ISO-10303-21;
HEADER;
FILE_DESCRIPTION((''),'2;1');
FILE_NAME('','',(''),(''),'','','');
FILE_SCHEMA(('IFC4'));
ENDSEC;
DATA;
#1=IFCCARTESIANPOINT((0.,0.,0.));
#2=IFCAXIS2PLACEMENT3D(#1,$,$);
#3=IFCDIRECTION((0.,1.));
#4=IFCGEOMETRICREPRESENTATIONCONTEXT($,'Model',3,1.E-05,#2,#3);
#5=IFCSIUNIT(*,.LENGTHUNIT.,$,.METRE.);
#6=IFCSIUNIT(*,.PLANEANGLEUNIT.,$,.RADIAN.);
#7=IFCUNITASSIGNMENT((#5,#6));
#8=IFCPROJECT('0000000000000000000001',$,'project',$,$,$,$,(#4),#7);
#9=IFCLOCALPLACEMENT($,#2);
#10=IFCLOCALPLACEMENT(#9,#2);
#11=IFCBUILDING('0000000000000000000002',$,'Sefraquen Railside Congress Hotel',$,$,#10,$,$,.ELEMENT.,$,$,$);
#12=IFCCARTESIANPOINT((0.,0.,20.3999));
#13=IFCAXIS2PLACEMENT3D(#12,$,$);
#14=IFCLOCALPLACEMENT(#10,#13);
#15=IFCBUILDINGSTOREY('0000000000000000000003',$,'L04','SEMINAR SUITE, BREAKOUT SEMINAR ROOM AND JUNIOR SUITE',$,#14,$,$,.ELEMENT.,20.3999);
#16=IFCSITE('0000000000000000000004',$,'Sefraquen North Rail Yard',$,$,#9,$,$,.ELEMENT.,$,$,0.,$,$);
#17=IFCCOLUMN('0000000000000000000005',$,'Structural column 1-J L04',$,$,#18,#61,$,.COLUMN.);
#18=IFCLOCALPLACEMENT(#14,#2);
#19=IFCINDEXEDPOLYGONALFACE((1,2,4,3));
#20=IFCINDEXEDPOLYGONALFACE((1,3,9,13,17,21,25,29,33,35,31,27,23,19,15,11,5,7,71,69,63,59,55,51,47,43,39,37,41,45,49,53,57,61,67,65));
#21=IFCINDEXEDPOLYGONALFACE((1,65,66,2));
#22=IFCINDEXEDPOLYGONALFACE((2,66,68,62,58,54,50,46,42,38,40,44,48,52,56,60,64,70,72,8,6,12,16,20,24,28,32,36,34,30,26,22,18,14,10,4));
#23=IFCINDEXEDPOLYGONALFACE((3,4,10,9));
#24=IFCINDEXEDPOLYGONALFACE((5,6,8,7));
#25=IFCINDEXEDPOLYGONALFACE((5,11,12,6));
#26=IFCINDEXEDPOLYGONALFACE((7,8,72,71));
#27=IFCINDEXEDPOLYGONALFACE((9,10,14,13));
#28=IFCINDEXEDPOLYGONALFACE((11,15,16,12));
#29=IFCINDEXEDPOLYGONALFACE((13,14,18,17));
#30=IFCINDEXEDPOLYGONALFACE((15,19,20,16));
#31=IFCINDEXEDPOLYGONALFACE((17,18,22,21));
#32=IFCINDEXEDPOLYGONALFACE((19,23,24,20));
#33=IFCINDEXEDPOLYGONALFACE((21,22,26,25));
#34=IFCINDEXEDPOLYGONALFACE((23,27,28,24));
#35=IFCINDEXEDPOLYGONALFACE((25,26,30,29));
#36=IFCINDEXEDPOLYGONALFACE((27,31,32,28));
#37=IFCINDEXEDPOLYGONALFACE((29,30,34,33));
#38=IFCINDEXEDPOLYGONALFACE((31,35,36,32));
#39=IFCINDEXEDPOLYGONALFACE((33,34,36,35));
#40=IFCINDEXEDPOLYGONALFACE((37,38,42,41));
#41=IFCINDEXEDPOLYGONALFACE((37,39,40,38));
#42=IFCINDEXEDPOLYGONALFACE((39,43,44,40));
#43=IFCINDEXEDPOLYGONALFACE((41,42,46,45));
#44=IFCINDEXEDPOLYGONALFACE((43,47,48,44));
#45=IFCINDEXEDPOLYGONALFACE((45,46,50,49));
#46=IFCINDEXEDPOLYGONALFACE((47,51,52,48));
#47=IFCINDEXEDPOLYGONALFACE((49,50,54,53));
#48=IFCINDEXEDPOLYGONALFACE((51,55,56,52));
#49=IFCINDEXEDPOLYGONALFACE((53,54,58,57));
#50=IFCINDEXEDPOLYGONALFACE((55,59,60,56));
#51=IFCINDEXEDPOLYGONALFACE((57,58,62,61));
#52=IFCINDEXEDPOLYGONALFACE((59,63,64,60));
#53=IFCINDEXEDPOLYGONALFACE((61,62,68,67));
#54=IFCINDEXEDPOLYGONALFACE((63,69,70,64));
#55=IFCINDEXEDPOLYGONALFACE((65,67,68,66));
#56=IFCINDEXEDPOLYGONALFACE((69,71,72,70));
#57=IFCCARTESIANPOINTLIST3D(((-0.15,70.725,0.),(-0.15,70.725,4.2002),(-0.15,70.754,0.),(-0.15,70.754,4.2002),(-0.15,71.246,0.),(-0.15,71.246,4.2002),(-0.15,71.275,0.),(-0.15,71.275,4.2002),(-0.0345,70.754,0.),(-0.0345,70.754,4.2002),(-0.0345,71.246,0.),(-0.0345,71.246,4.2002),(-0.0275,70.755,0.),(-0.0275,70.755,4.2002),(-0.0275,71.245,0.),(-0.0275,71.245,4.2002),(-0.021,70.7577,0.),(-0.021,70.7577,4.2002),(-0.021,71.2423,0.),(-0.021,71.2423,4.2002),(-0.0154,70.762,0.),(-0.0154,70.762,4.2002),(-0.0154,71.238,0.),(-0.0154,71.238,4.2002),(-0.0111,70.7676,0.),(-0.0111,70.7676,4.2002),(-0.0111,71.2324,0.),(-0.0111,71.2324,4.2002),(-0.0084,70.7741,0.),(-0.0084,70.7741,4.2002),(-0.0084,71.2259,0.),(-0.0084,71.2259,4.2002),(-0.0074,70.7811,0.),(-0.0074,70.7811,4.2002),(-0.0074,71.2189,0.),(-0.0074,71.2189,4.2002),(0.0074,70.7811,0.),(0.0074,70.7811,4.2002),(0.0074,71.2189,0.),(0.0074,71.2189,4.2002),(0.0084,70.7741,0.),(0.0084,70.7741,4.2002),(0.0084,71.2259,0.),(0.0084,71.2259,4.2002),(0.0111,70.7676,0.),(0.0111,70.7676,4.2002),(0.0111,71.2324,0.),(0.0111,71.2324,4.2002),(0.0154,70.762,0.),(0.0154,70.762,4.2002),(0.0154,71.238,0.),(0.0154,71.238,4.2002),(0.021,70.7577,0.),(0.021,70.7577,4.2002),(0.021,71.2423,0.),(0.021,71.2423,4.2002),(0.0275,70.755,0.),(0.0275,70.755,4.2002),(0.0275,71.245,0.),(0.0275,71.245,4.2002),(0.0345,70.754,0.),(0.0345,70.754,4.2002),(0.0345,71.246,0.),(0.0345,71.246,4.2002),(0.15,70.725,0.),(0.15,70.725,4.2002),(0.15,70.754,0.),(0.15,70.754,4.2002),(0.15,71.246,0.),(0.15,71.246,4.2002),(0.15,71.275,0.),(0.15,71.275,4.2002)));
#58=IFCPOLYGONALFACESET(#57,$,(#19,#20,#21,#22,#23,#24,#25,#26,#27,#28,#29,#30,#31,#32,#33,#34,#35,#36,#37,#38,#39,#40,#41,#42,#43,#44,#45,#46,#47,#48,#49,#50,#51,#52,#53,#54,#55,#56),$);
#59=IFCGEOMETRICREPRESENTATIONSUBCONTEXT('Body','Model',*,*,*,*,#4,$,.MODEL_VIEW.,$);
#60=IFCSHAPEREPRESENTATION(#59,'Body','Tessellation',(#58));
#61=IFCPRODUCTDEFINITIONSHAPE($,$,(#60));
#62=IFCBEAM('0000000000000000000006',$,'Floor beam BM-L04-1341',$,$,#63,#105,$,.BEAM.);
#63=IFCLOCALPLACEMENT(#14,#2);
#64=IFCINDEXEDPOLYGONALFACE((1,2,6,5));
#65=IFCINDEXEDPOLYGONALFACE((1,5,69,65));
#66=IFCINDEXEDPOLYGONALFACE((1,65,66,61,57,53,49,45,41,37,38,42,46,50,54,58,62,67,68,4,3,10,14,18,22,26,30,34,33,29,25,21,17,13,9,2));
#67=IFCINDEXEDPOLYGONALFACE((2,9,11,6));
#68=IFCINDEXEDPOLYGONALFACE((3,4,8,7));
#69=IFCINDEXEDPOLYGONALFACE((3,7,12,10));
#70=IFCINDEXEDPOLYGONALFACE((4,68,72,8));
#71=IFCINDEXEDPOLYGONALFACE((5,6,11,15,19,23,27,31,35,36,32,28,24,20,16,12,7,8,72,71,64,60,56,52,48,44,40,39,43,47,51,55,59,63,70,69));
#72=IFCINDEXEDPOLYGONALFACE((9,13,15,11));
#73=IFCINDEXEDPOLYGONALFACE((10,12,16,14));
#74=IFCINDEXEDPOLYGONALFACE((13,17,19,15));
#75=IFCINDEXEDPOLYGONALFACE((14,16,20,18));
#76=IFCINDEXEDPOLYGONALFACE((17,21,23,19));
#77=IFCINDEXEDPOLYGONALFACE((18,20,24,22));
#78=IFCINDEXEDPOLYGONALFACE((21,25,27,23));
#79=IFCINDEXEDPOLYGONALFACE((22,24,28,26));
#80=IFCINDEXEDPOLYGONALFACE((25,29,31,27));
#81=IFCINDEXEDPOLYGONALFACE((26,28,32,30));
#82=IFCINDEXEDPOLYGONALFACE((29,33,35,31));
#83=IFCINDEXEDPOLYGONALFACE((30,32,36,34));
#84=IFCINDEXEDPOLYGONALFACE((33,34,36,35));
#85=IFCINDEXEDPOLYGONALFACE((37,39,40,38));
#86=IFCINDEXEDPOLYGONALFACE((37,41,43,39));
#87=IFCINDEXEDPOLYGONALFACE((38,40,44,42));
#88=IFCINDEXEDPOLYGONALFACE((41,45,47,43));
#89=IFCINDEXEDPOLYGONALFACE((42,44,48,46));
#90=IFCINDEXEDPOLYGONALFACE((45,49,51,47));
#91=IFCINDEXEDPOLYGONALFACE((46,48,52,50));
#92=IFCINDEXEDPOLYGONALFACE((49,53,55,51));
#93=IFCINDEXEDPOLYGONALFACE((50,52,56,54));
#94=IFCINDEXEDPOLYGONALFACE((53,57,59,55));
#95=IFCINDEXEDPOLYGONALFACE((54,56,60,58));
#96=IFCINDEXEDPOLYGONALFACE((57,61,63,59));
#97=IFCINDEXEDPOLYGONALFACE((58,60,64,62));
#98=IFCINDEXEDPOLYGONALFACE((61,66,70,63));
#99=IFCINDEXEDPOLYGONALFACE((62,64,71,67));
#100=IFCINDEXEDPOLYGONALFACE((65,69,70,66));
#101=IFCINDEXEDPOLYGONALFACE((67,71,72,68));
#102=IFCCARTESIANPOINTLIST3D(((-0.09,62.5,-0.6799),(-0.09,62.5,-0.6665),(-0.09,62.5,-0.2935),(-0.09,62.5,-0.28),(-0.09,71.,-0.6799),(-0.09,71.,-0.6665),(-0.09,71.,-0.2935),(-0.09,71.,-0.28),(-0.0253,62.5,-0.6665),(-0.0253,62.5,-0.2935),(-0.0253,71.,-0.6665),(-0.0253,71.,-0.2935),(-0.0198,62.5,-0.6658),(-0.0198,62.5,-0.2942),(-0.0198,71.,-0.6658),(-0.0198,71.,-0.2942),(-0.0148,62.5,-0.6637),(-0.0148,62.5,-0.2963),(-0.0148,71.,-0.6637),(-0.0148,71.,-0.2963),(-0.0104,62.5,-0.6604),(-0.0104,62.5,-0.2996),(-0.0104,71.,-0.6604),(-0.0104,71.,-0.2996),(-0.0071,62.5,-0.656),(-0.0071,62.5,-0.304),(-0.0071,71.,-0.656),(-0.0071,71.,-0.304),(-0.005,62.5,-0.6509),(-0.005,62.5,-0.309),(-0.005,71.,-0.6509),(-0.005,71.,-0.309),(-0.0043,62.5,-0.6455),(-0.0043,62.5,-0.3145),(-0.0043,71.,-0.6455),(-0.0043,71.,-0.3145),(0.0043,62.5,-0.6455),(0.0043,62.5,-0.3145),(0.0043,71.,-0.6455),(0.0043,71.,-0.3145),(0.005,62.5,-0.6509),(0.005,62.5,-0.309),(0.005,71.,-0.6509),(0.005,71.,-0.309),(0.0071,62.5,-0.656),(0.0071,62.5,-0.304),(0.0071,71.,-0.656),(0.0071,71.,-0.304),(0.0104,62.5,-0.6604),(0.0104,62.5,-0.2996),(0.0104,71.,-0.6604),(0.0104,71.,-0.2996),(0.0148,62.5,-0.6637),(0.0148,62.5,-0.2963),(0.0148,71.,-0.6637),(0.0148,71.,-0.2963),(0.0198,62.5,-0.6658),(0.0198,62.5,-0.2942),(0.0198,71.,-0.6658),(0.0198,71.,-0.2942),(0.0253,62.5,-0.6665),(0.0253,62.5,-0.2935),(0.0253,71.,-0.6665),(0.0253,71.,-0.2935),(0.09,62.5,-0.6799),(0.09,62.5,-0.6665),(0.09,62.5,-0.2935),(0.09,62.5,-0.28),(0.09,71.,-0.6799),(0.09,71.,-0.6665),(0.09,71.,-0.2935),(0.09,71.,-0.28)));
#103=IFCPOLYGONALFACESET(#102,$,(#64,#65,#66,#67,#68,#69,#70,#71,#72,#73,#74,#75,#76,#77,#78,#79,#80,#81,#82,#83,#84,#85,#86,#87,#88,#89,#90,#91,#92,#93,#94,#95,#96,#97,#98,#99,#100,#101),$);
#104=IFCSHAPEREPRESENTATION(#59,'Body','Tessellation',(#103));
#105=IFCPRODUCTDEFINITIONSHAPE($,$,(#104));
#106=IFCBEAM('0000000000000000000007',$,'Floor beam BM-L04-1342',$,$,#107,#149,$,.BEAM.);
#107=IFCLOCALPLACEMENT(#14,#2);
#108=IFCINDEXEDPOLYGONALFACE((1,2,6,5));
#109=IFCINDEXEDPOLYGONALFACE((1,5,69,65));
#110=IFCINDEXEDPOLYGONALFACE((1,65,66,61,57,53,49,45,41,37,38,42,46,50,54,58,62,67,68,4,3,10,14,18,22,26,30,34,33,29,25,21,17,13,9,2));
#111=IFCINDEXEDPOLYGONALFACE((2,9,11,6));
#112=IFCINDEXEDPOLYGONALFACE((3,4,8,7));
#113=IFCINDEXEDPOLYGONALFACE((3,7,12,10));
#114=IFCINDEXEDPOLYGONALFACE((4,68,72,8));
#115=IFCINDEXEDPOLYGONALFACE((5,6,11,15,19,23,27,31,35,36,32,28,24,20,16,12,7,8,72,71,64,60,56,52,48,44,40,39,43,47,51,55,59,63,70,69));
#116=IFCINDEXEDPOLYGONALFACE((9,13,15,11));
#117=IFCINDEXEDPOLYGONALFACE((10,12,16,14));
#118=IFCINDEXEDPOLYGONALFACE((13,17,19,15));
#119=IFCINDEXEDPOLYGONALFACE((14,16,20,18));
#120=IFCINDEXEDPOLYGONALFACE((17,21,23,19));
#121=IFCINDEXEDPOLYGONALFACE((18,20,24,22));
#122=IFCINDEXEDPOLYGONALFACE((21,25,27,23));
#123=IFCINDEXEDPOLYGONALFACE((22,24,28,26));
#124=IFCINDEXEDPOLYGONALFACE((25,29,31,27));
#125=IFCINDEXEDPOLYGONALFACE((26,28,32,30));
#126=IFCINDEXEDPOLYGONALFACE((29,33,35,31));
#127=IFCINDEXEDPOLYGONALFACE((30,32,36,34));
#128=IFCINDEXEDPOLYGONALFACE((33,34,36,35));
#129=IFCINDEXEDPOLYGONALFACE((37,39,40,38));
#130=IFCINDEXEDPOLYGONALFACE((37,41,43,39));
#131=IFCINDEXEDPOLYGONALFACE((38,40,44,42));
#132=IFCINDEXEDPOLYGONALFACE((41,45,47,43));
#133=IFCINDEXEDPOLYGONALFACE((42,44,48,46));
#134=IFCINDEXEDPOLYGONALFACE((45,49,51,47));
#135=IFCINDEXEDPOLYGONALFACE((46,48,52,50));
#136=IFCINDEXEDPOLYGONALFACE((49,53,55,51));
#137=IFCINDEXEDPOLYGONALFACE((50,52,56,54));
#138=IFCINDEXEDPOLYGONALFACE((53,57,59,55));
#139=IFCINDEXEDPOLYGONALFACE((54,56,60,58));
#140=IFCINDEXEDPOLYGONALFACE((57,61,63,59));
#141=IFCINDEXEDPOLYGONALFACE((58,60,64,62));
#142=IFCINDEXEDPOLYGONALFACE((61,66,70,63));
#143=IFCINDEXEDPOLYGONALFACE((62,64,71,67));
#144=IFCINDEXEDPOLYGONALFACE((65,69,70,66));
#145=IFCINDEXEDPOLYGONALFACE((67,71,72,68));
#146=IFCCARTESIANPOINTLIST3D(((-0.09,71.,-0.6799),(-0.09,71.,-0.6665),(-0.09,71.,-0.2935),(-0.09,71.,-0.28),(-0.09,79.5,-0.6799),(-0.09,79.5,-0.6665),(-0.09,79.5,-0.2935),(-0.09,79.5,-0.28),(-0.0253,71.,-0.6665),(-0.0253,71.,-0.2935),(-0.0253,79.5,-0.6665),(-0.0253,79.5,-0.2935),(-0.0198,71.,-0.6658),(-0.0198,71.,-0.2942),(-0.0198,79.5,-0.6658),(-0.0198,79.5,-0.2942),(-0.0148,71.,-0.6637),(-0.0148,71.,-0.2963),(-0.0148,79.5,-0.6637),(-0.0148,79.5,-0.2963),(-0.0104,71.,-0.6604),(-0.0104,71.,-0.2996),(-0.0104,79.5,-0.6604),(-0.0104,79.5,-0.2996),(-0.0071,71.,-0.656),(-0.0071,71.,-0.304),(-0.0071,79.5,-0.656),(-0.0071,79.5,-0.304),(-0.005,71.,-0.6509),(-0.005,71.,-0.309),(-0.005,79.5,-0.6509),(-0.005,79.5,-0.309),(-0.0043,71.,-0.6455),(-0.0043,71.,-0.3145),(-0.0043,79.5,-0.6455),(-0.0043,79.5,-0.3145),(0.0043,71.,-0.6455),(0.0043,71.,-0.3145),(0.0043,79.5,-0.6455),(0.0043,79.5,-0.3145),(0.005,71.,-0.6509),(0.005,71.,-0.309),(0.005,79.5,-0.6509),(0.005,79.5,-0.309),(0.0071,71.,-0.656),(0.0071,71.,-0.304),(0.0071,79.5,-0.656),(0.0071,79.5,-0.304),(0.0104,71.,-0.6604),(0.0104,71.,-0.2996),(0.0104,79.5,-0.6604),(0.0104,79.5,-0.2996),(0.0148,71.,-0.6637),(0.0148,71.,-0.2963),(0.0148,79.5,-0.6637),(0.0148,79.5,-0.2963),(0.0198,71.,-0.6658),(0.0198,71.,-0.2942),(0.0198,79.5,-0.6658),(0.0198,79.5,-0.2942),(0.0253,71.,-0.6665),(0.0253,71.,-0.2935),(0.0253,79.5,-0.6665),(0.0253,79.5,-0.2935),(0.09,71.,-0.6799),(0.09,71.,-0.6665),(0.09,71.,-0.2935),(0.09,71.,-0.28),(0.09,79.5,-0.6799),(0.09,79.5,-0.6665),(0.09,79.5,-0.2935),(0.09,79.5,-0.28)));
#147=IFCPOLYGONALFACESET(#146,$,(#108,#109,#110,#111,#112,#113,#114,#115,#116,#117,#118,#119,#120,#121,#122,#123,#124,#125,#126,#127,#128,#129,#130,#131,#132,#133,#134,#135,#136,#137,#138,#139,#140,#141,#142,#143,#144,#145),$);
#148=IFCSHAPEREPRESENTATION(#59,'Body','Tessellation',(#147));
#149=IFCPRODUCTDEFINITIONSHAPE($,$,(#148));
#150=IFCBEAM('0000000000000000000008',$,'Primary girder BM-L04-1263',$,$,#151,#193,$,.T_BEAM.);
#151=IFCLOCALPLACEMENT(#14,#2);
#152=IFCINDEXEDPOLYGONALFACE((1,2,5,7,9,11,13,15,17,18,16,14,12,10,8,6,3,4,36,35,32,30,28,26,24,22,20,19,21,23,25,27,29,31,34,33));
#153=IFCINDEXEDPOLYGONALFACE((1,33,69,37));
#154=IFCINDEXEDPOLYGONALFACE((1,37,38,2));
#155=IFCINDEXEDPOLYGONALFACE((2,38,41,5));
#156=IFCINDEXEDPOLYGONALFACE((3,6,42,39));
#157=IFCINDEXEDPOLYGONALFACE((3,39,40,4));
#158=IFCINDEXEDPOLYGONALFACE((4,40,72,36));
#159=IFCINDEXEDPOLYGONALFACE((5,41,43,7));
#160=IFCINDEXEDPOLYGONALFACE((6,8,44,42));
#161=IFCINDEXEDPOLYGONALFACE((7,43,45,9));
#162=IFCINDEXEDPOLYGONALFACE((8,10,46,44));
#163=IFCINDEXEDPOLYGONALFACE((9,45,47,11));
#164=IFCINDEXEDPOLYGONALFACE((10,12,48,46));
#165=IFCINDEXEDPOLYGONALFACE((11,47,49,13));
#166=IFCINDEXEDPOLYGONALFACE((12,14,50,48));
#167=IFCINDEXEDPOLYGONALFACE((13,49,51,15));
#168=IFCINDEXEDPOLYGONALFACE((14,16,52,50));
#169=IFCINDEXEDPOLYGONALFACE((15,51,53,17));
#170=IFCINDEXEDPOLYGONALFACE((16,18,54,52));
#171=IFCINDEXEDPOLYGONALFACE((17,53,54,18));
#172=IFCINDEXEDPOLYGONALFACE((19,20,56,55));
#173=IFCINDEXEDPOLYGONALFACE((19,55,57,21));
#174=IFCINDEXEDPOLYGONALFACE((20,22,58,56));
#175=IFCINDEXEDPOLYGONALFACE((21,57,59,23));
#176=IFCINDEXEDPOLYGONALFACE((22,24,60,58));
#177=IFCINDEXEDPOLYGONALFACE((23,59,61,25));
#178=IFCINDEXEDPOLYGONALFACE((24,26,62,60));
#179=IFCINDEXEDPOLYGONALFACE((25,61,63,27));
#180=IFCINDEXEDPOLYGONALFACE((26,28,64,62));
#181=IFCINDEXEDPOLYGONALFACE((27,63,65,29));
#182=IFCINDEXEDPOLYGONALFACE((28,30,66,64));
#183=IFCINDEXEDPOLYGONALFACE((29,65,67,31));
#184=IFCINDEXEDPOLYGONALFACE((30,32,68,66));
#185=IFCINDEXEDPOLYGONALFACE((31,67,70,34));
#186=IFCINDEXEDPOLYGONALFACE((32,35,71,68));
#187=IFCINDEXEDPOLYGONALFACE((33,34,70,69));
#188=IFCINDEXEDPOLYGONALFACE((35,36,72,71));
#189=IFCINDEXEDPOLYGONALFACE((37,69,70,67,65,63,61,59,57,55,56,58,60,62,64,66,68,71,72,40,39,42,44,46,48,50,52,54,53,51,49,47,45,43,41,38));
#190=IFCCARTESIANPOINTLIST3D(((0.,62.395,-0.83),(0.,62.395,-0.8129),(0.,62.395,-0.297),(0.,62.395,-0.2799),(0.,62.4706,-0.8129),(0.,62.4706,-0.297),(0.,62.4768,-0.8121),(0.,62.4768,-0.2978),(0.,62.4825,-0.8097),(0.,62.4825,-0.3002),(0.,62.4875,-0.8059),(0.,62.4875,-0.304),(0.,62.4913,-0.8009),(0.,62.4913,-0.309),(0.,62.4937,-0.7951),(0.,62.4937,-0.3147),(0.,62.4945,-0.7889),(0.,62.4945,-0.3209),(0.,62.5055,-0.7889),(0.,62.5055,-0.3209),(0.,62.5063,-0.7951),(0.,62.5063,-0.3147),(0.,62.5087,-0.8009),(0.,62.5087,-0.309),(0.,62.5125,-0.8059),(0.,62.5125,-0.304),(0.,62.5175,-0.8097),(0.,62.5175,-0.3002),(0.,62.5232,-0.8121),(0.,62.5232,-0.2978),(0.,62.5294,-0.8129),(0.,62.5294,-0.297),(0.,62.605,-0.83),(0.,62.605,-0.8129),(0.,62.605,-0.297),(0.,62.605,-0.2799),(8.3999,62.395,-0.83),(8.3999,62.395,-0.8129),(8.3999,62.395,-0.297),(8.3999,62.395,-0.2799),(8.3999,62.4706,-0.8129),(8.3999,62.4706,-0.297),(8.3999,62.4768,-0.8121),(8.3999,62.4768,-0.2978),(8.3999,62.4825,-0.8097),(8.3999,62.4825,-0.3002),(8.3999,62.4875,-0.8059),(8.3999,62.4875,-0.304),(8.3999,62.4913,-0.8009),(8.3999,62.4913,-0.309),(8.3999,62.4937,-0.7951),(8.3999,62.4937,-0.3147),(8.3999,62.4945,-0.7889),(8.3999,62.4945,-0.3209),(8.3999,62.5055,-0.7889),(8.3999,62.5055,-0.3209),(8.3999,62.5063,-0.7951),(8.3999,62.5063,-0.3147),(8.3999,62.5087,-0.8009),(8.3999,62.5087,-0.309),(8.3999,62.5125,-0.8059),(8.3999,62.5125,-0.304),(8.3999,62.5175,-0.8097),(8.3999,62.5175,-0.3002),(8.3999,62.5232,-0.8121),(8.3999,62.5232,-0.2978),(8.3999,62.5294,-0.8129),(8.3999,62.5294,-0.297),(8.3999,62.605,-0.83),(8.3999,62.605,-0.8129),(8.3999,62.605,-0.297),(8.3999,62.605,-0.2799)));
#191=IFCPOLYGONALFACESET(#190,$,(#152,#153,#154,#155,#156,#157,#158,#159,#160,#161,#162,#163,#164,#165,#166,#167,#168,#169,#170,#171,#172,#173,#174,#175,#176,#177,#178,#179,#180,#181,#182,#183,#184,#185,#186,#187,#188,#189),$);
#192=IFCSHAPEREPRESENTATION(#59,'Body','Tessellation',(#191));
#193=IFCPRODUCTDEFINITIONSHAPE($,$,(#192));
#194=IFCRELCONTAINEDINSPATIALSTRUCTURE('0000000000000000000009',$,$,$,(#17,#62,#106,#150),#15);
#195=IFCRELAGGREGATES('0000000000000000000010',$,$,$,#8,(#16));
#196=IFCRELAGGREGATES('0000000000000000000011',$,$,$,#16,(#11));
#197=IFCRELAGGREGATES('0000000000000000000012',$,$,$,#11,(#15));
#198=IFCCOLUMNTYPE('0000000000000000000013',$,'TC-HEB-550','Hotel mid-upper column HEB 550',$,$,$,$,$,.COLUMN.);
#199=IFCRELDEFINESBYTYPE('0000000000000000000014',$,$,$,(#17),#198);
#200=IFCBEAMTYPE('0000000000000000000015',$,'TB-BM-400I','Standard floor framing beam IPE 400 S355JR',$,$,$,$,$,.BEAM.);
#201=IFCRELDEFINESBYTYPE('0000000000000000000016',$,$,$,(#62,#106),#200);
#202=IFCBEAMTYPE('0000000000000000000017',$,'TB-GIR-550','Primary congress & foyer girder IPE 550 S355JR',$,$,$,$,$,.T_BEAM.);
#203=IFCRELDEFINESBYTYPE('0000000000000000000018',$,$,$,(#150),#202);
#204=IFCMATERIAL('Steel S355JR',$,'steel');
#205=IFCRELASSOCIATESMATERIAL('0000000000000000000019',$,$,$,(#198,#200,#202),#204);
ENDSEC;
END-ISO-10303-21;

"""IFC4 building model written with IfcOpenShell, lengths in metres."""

from ifc_helpers import new_model, si_unit, direction, frame, origin, origin_2d, place, context, subcontext, project, spatial, i_section, extrude, material, material_profile, profile_set, type_object, element, save


model = new_model("IFC4")

# Units and contexts
model_context = context("Model", 3, precision=1e-05, world=origin(), true_north=direction((0.0, 1.0)))
body_context = subcontext(model_context, "Body", "Model", "MODEL_VIEW")
ifc_project = project(units=[si_unit("LENGTHUNIT", "METRE"), si_unit("PLANEANGLEUNIT", "RADIAN")], contexts=[model_context])

# Site, building, storey
site_placement = place(None, origin())
site = spatial("IfcSite", under=ifc_project, at=site_placement, Name="Sefraquen North Rail Yard", CompositionType="ELEMENT", RefElevation=0.0)
building_placement = place(site_placement, origin())
building = spatial("IfcBuilding", under=site, at=building_placement, Name="Sefraquen Railside Congress Hotel", CompositionType="ELEMENT")
storey_placement = place(building_placement, frame((0.0, 0.0, 20.3999)))
storey = spatial("IfcBuildingStorey", under=building, at=storey_placement, Name="L04", Description="SEMINAR SUITE, BREAKOUT SEMINAR ROOM AND JUNIOR SUITE", CompositionType="ELEMENT", Elevation=20.3999)

# Column
ifc_material_1 = material(Name="Steel S355JR", Category="steel")
ifc_material_profile_1 = material_profile(ifc_material_1, i_section(OverallWidth=0.3, OverallDepth=0.55, WebThickness=0.0149, FlangeThickness=0.0291, FilletRadius=0.0271, at=origin_2d()), Name="HEB 550")
ifc_profile_set_1 = profile_set([ifc_material_profile_1], Name="Steel S355JR")
column_type = type_object("IfcColumnType", Name="TC-HEB-550", Description="Hotel mid-upper column HEB 550", PredefinedType="COLUMN", material=ifc_profile_set_1)
column_placement = place(storey_placement, frame((0.0, 71.0, 0.0), z_axis=(0.0, 0.0, 1.0), x_axis=(1.0, 0.0, 0.0)))
element("IfcColumn", 1, at=column_placement, inside=storey, type_object=column_type, Name="Structural column 1-J L04", PredefinedType="COLUMN", context=body_context, shape_type="SweptSolid", body=[
    extrude(i_section(OverallWidth=0.3, OverallDepth=0.55, WebThickness=0.0149, FlangeThickness=0.0291, FilletRadius=0.0271, at=origin_2d()), origin(), (0.0, 0.0, 1.0), 4.2002),
])

# Beams
ifc_material_profile_2 = material_profile(ifc_material_1, i_section(OverallWidth=0.1799, OverallDepth=0.3999, WebThickness=0.0085, FlangeThickness=0.0134, FilletRadius=0.021, at=origin_2d()), Name="IPE 400")
ifc_profile_set_2 = profile_set([ifc_material_profile_2], Name="Steel S355JR")
beam_type_1 = type_object("IfcBeamType", Name="TB-BM-400I", Description="Standard floor framing beam IPE 400 S355JR", PredefinedType="BEAM", material=ifc_profile_set_2)
for number, where, z_axis, x_axis, name in (
    (2, (0.0, 62.5, -0.48), (0.0, 1.0, 0.0), (-1.0, 0.0, 0.0), "Floor beam BM-L04-1341"),
    (3, (0.0, 71.0, -0.48), (0.0, 1.0, 0.0), (-1.0, 0.0, 0.0), "Floor beam BM-L04-1342"),
):
    element("IfcBeam", number, at=place(storey_placement, frame(where, z_axis=z_axis, x_axis=x_axis)), inside=storey, type_object=beam_type_1, Name=name, PredefinedType="BEAM", context=body_context, shape_type="SweptSolid", body=[
        extrude(i_section(OverallWidth=0.1799, OverallDepth=0.3999, WebThickness=0.0085, FlangeThickness=0.0134, FilletRadius=0.021, at=origin_2d()), origin(), (0.0, 0.0, 1.0), 8.5),
    ])
ifc_material_profile_3 = material_profile(ifc_material_1, i_section(OverallWidth=0.21, OverallDepth=0.55, WebThickness=0.011, FlangeThickness=0.0171, FilletRadius=0.0239, at=origin_2d()), Name="IPE 550")
ifc_profile_set_3 = profile_set([ifc_material_profile_3], Name="Steel S355JR")
beam_type_2 = type_object("IfcBeamType", Name="TB-GIR-550", Description="Primary congress & foyer girder IPE 550 S355JR", PredefinedType="T_BEAM", material=ifc_profile_set_3)
for number, where, z_axis, x_axis, name in (
    (4, (0.0, 62.5, -0.5549), (1.0, 0.0, 0.0), (0.0, 1.0, 0.0), "Primary girder BM-L04-1263"),
):
    element("IfcBeam", number, at=place(storey_placement, frame(where, z_axis=z_axis, x_axis=x_axis)), inside=storey, type_object=beam_type_2, Name=name, PredefinedType="T_BEAM", context=body_context, shape_type="SweptSolid", body=[
        extrude(i_section(OverallWidth=0.21, OverallDepth=0.55, WebThickness=0.011, FlangeThickness=0.0171, FilletRadius=0.0239, at=origin_2d()), origin(), (0.0, 0.0, 1.0), 8.3999),
    ])

save(model, "model.ifc")
